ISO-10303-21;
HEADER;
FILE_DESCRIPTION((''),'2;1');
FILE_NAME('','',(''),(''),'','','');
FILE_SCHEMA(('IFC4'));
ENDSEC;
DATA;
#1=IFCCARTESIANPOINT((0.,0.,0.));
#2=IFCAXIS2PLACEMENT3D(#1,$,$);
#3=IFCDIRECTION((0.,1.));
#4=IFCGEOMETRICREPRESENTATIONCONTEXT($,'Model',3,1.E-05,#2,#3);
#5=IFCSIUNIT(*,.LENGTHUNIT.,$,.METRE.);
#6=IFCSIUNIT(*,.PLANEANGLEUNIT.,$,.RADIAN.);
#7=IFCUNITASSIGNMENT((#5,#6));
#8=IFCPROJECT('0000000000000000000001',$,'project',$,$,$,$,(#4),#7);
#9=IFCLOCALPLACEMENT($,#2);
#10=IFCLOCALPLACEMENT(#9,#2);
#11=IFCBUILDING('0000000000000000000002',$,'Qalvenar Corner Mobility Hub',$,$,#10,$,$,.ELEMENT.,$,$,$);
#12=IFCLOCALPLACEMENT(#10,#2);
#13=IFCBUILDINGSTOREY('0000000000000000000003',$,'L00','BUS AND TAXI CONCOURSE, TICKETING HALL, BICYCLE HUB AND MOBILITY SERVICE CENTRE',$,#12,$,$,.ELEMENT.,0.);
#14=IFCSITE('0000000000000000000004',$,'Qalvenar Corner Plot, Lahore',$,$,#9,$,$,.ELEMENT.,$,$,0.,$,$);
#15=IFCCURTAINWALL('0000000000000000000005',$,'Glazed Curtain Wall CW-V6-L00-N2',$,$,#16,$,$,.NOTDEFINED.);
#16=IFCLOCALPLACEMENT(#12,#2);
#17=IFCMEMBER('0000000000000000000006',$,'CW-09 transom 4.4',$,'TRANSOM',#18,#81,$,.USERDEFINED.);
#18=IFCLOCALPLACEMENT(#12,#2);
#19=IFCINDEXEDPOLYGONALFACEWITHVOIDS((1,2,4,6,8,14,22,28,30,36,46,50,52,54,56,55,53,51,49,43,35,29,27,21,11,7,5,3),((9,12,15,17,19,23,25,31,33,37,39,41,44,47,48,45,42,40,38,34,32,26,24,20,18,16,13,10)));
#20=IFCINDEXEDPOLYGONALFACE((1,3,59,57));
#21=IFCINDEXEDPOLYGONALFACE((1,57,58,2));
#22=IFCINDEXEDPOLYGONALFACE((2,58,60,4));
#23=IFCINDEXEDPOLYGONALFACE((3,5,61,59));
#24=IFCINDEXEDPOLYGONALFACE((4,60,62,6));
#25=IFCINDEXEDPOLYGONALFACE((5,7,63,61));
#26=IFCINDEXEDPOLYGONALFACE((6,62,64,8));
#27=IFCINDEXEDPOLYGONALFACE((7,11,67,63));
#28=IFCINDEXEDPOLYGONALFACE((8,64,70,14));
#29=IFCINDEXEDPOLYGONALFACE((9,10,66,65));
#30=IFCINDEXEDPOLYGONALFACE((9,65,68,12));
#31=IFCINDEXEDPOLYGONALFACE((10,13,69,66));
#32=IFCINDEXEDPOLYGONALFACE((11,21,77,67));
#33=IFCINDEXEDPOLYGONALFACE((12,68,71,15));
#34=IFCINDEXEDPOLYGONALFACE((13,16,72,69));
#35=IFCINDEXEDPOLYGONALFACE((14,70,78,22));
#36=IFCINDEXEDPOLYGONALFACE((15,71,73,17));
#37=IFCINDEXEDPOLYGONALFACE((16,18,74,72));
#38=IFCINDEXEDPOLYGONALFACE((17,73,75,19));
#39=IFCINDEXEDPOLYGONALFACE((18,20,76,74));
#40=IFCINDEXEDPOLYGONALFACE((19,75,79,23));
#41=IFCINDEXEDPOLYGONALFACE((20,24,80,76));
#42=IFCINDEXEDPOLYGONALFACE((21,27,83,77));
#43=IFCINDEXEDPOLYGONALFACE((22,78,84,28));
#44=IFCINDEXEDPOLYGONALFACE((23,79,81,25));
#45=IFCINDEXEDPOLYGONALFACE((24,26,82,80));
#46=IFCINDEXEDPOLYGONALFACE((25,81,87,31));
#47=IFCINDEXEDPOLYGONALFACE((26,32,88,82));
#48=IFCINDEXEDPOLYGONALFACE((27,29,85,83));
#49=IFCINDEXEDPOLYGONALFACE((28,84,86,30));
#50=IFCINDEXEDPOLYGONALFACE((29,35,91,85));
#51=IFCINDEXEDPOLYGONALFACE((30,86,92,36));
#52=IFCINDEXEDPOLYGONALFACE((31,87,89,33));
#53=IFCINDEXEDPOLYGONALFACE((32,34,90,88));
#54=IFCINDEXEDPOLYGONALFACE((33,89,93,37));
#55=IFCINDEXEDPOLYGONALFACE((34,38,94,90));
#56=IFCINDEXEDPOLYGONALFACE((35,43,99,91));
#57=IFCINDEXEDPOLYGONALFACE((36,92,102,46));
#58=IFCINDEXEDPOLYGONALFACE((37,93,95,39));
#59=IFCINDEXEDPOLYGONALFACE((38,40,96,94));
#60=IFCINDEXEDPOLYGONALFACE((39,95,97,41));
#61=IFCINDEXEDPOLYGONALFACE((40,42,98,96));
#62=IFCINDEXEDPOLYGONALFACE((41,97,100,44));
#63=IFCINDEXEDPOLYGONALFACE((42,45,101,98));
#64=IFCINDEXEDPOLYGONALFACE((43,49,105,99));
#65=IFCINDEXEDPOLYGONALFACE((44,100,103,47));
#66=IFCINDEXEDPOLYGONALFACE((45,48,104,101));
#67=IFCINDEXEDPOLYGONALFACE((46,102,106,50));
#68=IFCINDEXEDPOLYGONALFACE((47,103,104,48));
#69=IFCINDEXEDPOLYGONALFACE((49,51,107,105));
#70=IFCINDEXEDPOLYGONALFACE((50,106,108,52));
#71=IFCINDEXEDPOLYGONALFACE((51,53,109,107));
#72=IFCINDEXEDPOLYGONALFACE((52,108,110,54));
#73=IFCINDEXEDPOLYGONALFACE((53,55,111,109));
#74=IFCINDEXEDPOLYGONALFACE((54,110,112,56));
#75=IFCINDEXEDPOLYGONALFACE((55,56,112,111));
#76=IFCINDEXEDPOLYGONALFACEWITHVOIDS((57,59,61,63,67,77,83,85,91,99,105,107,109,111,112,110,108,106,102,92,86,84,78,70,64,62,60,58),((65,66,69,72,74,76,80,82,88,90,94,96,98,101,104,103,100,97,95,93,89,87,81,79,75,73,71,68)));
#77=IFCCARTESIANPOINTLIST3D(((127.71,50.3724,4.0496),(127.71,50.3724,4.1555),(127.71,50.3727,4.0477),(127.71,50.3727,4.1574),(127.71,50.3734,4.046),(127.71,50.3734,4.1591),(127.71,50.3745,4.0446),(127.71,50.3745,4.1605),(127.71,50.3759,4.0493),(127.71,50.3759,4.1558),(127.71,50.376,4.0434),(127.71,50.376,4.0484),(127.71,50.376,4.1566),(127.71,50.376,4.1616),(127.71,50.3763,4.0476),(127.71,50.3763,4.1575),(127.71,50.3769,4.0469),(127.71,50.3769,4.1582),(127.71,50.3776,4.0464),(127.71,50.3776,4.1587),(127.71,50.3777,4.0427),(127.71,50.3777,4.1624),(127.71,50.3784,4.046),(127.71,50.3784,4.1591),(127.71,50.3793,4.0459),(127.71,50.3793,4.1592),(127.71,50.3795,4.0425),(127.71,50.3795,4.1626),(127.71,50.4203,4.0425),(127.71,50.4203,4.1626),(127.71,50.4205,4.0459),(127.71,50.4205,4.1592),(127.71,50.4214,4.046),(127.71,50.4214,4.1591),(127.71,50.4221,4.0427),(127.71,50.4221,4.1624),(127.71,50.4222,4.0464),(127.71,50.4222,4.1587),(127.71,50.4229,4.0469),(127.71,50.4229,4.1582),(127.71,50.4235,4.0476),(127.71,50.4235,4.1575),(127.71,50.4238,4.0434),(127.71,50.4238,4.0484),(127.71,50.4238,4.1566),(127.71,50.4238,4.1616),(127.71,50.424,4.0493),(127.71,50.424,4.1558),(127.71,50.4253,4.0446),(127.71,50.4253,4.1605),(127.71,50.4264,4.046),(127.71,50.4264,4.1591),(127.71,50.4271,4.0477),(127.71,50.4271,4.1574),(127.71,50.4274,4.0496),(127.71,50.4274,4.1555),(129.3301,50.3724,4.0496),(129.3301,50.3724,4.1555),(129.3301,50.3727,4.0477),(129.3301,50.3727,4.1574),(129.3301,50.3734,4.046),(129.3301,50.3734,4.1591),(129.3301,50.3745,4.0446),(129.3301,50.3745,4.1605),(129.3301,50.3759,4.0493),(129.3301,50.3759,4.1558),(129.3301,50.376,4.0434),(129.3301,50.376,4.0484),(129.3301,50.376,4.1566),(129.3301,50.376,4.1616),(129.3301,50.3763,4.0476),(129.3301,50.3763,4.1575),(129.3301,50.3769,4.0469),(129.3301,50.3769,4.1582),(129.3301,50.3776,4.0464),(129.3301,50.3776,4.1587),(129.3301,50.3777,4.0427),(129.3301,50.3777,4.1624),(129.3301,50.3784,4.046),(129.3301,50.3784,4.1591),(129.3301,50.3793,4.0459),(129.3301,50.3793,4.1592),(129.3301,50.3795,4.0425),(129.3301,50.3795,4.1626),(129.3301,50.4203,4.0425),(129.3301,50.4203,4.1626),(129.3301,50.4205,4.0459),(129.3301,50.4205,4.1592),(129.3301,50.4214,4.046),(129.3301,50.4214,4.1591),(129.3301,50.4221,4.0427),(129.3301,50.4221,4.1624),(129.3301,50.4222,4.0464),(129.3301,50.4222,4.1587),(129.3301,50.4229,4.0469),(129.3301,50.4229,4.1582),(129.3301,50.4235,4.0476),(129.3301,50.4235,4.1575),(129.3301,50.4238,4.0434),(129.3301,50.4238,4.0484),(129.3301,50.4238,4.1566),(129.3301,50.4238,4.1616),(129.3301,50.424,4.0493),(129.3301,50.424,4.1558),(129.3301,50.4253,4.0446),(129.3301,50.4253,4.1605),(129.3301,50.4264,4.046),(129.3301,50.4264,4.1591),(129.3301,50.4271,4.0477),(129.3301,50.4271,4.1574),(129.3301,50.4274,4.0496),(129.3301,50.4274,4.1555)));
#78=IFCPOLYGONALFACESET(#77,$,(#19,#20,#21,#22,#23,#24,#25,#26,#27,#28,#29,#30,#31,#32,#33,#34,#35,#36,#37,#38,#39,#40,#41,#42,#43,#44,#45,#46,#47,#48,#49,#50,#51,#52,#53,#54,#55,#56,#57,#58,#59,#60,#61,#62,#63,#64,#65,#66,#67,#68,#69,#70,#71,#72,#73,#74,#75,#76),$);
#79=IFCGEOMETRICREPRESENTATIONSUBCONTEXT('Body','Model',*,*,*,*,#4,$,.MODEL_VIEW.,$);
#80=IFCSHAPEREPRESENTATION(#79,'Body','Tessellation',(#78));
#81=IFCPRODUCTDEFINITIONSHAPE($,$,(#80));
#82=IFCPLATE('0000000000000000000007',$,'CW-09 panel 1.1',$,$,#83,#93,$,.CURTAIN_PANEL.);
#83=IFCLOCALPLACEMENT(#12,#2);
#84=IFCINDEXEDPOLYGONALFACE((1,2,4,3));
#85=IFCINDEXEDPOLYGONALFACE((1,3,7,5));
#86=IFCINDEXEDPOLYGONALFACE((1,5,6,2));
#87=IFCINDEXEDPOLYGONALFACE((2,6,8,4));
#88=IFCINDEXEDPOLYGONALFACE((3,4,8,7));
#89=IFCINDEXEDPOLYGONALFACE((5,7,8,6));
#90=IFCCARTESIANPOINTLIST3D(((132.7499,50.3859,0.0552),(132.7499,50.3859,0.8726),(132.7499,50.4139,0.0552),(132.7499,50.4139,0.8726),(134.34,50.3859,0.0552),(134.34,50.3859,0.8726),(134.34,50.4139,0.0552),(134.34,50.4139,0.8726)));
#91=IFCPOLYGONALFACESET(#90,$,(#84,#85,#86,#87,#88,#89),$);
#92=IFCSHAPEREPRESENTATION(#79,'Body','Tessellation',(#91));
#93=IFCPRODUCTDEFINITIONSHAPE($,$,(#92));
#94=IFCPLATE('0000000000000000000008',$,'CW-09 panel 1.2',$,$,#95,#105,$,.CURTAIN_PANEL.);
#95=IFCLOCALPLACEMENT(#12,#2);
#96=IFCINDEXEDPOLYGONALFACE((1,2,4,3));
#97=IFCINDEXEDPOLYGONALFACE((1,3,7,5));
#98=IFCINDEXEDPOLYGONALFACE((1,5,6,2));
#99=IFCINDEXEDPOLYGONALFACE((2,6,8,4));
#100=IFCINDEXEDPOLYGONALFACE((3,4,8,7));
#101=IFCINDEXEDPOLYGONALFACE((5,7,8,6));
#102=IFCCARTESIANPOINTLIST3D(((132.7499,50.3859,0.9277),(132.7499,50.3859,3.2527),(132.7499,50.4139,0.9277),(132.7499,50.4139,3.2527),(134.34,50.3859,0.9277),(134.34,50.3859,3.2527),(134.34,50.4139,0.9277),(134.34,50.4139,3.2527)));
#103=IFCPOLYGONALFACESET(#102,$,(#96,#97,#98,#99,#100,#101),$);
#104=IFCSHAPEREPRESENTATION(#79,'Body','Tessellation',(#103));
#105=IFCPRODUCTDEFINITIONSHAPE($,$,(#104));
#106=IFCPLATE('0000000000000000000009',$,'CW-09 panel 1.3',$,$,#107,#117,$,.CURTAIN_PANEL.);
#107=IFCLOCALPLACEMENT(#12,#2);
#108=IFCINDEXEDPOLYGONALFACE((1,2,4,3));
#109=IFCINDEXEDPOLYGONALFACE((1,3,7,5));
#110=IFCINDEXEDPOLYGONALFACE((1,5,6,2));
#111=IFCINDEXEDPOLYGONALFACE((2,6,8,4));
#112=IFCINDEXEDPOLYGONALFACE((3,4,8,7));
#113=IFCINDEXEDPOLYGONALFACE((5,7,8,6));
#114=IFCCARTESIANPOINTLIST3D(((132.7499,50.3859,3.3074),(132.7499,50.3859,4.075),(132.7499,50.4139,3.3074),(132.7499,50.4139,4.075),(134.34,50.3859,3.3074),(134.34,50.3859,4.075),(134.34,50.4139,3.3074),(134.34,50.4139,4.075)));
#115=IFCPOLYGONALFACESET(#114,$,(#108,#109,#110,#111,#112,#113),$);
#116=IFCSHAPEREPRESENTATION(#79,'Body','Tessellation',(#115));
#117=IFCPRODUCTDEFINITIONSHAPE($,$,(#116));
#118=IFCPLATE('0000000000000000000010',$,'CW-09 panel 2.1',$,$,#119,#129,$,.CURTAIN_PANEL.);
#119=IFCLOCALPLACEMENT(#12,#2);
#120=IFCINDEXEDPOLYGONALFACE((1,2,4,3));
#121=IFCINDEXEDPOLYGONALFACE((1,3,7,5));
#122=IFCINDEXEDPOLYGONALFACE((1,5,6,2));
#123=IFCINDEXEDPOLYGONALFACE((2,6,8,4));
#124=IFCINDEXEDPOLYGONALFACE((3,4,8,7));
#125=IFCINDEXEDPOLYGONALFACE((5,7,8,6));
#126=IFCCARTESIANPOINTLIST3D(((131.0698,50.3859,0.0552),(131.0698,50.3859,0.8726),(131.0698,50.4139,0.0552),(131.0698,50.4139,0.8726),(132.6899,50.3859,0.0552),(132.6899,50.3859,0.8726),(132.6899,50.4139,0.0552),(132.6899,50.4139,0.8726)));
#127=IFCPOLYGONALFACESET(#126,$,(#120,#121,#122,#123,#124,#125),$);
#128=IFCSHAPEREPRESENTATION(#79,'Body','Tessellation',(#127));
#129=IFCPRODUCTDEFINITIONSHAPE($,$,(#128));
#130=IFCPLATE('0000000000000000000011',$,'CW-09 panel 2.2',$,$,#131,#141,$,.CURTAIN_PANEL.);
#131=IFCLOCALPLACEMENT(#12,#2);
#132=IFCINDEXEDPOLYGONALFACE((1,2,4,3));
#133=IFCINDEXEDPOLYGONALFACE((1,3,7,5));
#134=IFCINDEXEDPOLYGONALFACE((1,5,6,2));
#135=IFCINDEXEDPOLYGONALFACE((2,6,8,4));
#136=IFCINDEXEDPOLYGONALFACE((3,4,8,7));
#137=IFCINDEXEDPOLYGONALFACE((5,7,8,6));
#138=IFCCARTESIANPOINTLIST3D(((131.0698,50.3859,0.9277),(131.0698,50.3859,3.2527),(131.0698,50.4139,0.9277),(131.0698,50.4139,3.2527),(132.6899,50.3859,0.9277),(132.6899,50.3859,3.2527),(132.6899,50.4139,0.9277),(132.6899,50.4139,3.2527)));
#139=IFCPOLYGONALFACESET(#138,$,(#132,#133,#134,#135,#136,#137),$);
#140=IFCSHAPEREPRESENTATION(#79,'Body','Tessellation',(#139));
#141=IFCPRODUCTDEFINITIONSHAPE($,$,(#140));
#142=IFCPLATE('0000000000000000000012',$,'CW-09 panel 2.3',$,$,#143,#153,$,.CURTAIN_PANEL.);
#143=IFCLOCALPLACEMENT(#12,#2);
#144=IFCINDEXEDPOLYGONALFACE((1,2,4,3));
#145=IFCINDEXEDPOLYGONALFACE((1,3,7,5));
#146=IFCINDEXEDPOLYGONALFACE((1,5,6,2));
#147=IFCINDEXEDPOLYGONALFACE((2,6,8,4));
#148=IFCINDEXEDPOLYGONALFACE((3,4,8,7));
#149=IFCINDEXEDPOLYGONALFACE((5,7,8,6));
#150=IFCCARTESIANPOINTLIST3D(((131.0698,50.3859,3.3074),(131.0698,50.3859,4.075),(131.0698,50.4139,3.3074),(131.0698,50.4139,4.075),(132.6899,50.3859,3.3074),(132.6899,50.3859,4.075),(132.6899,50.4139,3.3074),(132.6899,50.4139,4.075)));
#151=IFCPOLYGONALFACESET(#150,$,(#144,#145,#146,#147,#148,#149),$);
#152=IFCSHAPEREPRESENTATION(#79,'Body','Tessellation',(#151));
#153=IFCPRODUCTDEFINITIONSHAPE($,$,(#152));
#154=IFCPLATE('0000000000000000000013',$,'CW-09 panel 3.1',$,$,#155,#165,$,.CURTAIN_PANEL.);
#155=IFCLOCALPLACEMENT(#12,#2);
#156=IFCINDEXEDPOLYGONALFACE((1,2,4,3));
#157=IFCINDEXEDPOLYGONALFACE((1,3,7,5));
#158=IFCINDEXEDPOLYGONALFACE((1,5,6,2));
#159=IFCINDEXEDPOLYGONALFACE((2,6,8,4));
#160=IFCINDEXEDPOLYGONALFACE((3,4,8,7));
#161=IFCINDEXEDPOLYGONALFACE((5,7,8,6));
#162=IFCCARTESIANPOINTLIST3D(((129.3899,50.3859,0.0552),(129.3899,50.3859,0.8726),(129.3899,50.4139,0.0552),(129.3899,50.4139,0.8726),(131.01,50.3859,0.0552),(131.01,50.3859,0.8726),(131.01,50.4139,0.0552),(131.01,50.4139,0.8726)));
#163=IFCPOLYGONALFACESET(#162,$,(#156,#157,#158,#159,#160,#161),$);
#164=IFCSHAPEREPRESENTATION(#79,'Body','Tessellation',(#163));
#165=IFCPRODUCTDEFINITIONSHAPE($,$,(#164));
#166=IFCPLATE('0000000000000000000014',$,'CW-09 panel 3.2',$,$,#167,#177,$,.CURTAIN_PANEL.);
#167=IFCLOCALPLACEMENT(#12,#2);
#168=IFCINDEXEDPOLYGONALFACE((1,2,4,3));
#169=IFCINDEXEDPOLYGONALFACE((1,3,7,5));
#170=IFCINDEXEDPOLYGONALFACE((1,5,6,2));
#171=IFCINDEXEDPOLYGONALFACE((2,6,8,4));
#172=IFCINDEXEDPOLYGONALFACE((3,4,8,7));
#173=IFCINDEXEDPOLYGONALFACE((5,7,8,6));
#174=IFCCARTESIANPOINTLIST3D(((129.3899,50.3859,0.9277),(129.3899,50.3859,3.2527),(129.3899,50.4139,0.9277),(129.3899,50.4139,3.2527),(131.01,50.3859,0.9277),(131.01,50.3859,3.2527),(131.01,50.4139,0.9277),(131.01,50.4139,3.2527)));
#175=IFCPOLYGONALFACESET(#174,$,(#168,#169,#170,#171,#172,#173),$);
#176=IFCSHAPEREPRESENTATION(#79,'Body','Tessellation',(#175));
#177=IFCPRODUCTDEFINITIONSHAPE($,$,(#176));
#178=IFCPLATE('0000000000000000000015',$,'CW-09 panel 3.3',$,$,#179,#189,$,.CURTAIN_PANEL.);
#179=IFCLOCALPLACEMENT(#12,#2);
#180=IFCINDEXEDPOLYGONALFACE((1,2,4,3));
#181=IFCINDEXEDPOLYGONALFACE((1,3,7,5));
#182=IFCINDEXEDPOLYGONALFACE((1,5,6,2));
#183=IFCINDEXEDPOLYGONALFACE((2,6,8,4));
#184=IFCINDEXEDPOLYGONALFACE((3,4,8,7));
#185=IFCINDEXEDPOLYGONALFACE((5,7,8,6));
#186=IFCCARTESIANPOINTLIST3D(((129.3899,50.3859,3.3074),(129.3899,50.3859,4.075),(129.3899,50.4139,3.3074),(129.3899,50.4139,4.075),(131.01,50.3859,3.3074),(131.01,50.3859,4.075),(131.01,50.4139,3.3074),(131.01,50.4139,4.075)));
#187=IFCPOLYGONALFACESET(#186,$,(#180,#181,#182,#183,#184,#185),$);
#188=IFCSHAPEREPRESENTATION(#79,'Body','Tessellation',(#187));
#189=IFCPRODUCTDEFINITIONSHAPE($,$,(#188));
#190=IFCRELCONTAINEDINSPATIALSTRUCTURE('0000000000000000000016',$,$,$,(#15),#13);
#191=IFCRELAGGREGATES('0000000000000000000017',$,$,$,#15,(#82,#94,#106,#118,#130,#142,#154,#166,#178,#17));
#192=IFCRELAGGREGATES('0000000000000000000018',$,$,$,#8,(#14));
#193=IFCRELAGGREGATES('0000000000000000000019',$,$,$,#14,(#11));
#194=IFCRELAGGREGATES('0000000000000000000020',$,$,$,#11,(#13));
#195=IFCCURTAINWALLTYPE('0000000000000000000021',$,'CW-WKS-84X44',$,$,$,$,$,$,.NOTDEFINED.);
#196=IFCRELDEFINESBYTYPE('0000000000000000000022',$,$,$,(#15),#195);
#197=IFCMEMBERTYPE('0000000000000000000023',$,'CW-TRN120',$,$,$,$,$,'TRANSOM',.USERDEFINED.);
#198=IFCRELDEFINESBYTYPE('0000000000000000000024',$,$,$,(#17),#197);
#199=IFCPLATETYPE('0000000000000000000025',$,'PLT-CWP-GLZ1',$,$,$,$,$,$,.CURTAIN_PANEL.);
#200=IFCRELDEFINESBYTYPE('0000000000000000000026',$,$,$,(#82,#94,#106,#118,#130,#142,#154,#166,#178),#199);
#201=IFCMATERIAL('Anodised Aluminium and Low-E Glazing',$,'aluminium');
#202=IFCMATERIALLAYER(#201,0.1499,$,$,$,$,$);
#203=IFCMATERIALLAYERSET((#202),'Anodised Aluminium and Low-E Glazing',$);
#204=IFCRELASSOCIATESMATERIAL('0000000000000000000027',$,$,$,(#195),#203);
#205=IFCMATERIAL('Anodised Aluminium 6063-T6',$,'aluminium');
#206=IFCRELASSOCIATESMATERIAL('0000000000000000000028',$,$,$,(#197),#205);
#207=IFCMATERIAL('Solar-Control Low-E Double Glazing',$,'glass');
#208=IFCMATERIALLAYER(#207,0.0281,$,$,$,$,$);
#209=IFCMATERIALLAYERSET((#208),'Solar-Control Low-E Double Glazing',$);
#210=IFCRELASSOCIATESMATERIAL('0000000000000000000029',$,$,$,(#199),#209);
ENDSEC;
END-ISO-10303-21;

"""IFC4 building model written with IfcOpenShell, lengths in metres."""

from ifc_helpers import new_model, si_unit, direction, frame, origin, origin_2d, place, context, subcontext, project, spatial, rectangle, hollow_rectangle, extrude, material, layer, layer_set, material_profile, profile_set, type_object, element, aggregate, save


model = new_model("IFC4")

# Units and contexts
model_context = context("Model", 3, precision=1e-05, world=origin(), true_north=direction((0.0, 1.0)))
body_context = subcontext(model_context, "Body", "Model", "MODEL_VIEW")
ifc_project = project(units=[si_unit("LENGTHUNIT", "METRE"), si_unit("PLANEANGLEUNIT", "RADIAN")], contexts=[model_context])

# Site, building, storey
site_placement = place(None, origin())
site = spatial("IfcSite", under=ifc_project, at=site_placement, Name="Qalvenar Corner Plot, Lahore", CompositionType="ELEMENT", RefElevation=0.0)
building_placement = place(site_placement, origin())
building = spatial("IfcBuilding", under=site, at=building_placement, Name="Qalvenar Corner Mobility Hub", CompositionType="ELEMENT")
storey_placement = place(building_placement, origin())
storey = spatial("IfcBuildingStorey", under=building, at=storey_placement, Name="L00", Description="BUS AND TAXI CONCOURSE, TICKETING HALL, BICYCLE HUB AND MOBILITY SERVICE CENTRE", CompositionType="ELEMENT", Elevation=0.0)

# Curtain wall, member, plates
ifc_material_1 = material(Name="Anodised Aluminium and Low-E Glazing", Category="aluminium")
ifc_layer_1 = layer(ifc_material_1, 0.1499)
ifc_layer_set_1 = layer_set([ifc_layer_1], Name="Anodised Aluminium and Low-E Glazing")
curtain_wall_type = type_object("IfcCurtainWallType", Name="CW-WKS-84X44", PredefinedType="NOTDEFINED", material=ifc_layer_set_1)
curtain_wall_placement = place(storey_placement, origin())
curtain_wall = element("IfcCurtainWall", 1, at=curtain_wall_placement, inside=storey, type_object=curtain_wall_type, Name="Glazed Curtain Wall CW-V6-L00-N2", PredefinedType="NOTDEFINED")
ifc_material_2 = material(Name="Anodised Aluminium 6063-T6", Category="aluminium")
ifc_material_profile_1 = material_profile(ifc_material_2, hollow_rectangle(XDim=0.0549, YDim=0.1201, WallThickness=0.0034, InnerFilletRadius=0.0034, OuterFilletRadius=0.0071, at=origin_2d()), Name="RHS120x55x3.5")
ifc_profile_set_1 = profile_set([ifc_material_profile_1], Name="Anodised Aluminium 6063-T6")
member_type_1 = type_object("IfcMemberType", Name="CW-TRN120", ElementType="TRANSOM", PredefinedType="USERDEFINED", material=ifc_profile_set_1)
member_1_placement = place(storey_placement, frame((129.3301, 50.3999, 4.1025), z_axis=(-1.0, 0.0, 0.0), x_axis=(0.0, -1.0, 0.0)))
member_1 = element("IfcMember", 2, at=member_1_placement, type_object=member_type_1, Name="CW-09 transom 4.4", ObjectType="TRANSOM", PredefinedType="USERDEFINED", context=body_context, shape_type="SweptSolid", body=[
    extrude(hollow_rectangle(XDim=0.0549, YDim=0.1201, WallThickness=0.0034, InnerFilletRadius=0.0034, OuterFilletRadius=0.0071, at=origin_2d()), origin(), (0.0, 0.0, 1.0), 1.6201),
])
ifc_material_3 = material(Name="Solar-Control Low-E Double Glazing", Category="glass")
ifc_layer_2 = layer(ifc_material_3, 0.0281)
ifc_layer_set_2 = layer_set([ifc_layer_2], Name="Solar-Control Low-E Double Glazing")
plate_type = type_object("IfcPlateType", Name="PLT-CWP-GLZ1", PredefinedType="CURTAIN_PANEL", material=ifc_layer_set_2)
plate_1_placement = place(storey_placement, frame((133.5449, 50.3999, 0.0552), z_axis=(0.0, 0.0, 1.0), x_axis=(-1.0, 0.0, 0.0)))
plate_1 = element("IfcPlate", 3, at=plate_1_placement, type_object=plate_type, Name="CW-09 panel 1.1", PredefinedType="CURTAIN_PANEL", context=body_context, shape_type="SweptSolid", body=[
    extrude(rectangle(XDim=1.5901, YDim=0.0281, at=origin_2d()), origin(), (0.0, 0.0, 1.0), 0.8174),
])
plate_2_placement = place(storey_placement, frame((133.5449, 50.3999, 0.9277), z_axis=(0.0, 0.0, 1.0), x_axis=(-1.0, 0.0, 0.0)))
plate_2 = element("IfcPlate", 4, at=plate_2_placement, type_object=plate_type, Name="CW-09 panel 1.2", PredefinedType="CURTAIN_PANEL", context=body_context, shape_type="SweptSolid", body=[
    extrude(rectangle(XDim=1.5901, YDim=0.0281, at=origin_2d()), origin(), (0.0, 0.0, 1.0), 2.325),
])
plate_3_placement = place(storey_placement, frame((133.5449, 50.3999, 3.3074), z_axis=(0.0, 0.0, 1.0), x_axis=(-1.0, 0.0, 0.0)))
plate_3 = element("IfcPlate", 5, at=plate_3_placement, type_object=plate_type, Name="CW-09 panel 1.3", PredefinedType="CURTAIN_PANEL", context=body_context, shape_type="SweptSolid", body=[
    extrude(rectangle(XDim=1.5901, YDim=0.0281, at=origin_2d()), origin(), (0.0, 0.0, 1.0), 0.7676),
])
plate_4_placement = place(storey_placement, frame((131.8799, 50.3999, 0.0552), z_axis=(0.0, 0.0, 1.0), x_axis=(-1.0, 0.0, 0.0)))
plate_4 = element("IfcPlate", 6, at=plate_4_placement, type_object=plate_type, Name="CW-09 panel 2.1", PredefinedType="CURTAIN_PANEL", context=body_context, shape_type="SweptSolid", body=[
    extrude(rectangle(XDim=1.6201, YDim=0.0281, at=origin_2d()), origin(), (0.0, 0.0, 1.0), 0.8174),
])
plate_5_placement = place(storey_placement, frame((131.8799, 50.3999, 0.9277), z_axis=(0.0, 0.0, 1.0), x_axis=(-1.0, 0.0, 0.0)))
plate_5 = element("IfcPlate", 7, at=plate_5_placement, type_object=plate_type, Name="CW-09 panel 2.2", PredefinedType="CURTAIN_PANEL", context=body_context, shape_type="SweptSolid", body=[
    extrude(rectangle(XDim=1.6201, YDim=0.0281, at=origin_2d()), origin(), (0.0, 0.0, 1.0), 2.325),
])
plate_6_placement = place(storey_placement, frame((131.8799, 50.3999, 3.3074), z_axis=(0.0, 0.0, 1.0), x_axis=(-1.0, 0.0, 0.0)))
plate_6 = element("IfcPlate", 8, at=plate_6_placement, type_object=plate_type, Name="CW-09 panel 2.3", PredefinedType="CURTAIN_PANEL", context=body_context, shape_type="SweptSolid", body=[
    extrude(rectangle(XDim=1.6201, YDim=0.0281, at=origin_2d()), origin(), (0.0, 0.0, 1.0), 0.7676),
])
plate_7_placement = place(storey_placement, frame((130.2, 50.3999, 0.0552), z_axis=(0.0, 0.0, 1.0), x_axis=(-1.0, 0.0, 0.0)))
plate_7 = element("IfcPlate", 9, at=plate_7_placement, type_object=plate_type, Name="CW-09 panel 3.1", PredefinedType="CURTAIN_PANEL", context=body_context, shape_type="SweptSolid", body=[
    extrude(rectangle(XDim=1.6201, YDim=0.0281, at=origin_2d()), origin(), (0.0, 0.0, 1.0), 0.8174),
])
plate_8_placement = place(storey_placement, frame((130.2, 50.3999, 0.9277), z_axis=(0.0, 0.0, 1.0), x_axis=(-1.0, 0.0, 0.0)))
plate_8 = element("IfcPlate", 10, at=plate_8_placement, type_object=plate_type, Name="CW-09 panel 3.2", PredefinedType="CURTAIN_PANEL", context=body_context, shape_type="SweptSolid", body=[
    extrude(rectangle(XDim=1.6201, YDim=0.0281, at=origin_2d()), origin(), (0.0, 0.0, 1.0), 2.325),
])
plate_9_placement = place(storey_placement, frame((130.2, 50.3999, 3.3074), z_axis=(0.0, 0.0, 1.0), x_axis=(-1.0, 0.0, 0.0)))
plate_9 = element("IfcPlate", 11, at=plate_9_placement, type_object=plate_type, Name="CW-09 panel 3.3", PredefinedType="CURTAIN_PANEL", context=body_context, shape_type="SweptSolid", body=[
    extrude(rectangle(XDim=1.6201, YDim=0.0281, at=origin_2d()), origin(), (0.0, 0.0, 1.0), 0.7676),
])
aggregate(curtain_wall, [plate_1, plate_2, plate_3, plate_4, plate_5, plate_6, plate_7, plate_8, plate_9, member_1])

save(model, "model.ifc")
